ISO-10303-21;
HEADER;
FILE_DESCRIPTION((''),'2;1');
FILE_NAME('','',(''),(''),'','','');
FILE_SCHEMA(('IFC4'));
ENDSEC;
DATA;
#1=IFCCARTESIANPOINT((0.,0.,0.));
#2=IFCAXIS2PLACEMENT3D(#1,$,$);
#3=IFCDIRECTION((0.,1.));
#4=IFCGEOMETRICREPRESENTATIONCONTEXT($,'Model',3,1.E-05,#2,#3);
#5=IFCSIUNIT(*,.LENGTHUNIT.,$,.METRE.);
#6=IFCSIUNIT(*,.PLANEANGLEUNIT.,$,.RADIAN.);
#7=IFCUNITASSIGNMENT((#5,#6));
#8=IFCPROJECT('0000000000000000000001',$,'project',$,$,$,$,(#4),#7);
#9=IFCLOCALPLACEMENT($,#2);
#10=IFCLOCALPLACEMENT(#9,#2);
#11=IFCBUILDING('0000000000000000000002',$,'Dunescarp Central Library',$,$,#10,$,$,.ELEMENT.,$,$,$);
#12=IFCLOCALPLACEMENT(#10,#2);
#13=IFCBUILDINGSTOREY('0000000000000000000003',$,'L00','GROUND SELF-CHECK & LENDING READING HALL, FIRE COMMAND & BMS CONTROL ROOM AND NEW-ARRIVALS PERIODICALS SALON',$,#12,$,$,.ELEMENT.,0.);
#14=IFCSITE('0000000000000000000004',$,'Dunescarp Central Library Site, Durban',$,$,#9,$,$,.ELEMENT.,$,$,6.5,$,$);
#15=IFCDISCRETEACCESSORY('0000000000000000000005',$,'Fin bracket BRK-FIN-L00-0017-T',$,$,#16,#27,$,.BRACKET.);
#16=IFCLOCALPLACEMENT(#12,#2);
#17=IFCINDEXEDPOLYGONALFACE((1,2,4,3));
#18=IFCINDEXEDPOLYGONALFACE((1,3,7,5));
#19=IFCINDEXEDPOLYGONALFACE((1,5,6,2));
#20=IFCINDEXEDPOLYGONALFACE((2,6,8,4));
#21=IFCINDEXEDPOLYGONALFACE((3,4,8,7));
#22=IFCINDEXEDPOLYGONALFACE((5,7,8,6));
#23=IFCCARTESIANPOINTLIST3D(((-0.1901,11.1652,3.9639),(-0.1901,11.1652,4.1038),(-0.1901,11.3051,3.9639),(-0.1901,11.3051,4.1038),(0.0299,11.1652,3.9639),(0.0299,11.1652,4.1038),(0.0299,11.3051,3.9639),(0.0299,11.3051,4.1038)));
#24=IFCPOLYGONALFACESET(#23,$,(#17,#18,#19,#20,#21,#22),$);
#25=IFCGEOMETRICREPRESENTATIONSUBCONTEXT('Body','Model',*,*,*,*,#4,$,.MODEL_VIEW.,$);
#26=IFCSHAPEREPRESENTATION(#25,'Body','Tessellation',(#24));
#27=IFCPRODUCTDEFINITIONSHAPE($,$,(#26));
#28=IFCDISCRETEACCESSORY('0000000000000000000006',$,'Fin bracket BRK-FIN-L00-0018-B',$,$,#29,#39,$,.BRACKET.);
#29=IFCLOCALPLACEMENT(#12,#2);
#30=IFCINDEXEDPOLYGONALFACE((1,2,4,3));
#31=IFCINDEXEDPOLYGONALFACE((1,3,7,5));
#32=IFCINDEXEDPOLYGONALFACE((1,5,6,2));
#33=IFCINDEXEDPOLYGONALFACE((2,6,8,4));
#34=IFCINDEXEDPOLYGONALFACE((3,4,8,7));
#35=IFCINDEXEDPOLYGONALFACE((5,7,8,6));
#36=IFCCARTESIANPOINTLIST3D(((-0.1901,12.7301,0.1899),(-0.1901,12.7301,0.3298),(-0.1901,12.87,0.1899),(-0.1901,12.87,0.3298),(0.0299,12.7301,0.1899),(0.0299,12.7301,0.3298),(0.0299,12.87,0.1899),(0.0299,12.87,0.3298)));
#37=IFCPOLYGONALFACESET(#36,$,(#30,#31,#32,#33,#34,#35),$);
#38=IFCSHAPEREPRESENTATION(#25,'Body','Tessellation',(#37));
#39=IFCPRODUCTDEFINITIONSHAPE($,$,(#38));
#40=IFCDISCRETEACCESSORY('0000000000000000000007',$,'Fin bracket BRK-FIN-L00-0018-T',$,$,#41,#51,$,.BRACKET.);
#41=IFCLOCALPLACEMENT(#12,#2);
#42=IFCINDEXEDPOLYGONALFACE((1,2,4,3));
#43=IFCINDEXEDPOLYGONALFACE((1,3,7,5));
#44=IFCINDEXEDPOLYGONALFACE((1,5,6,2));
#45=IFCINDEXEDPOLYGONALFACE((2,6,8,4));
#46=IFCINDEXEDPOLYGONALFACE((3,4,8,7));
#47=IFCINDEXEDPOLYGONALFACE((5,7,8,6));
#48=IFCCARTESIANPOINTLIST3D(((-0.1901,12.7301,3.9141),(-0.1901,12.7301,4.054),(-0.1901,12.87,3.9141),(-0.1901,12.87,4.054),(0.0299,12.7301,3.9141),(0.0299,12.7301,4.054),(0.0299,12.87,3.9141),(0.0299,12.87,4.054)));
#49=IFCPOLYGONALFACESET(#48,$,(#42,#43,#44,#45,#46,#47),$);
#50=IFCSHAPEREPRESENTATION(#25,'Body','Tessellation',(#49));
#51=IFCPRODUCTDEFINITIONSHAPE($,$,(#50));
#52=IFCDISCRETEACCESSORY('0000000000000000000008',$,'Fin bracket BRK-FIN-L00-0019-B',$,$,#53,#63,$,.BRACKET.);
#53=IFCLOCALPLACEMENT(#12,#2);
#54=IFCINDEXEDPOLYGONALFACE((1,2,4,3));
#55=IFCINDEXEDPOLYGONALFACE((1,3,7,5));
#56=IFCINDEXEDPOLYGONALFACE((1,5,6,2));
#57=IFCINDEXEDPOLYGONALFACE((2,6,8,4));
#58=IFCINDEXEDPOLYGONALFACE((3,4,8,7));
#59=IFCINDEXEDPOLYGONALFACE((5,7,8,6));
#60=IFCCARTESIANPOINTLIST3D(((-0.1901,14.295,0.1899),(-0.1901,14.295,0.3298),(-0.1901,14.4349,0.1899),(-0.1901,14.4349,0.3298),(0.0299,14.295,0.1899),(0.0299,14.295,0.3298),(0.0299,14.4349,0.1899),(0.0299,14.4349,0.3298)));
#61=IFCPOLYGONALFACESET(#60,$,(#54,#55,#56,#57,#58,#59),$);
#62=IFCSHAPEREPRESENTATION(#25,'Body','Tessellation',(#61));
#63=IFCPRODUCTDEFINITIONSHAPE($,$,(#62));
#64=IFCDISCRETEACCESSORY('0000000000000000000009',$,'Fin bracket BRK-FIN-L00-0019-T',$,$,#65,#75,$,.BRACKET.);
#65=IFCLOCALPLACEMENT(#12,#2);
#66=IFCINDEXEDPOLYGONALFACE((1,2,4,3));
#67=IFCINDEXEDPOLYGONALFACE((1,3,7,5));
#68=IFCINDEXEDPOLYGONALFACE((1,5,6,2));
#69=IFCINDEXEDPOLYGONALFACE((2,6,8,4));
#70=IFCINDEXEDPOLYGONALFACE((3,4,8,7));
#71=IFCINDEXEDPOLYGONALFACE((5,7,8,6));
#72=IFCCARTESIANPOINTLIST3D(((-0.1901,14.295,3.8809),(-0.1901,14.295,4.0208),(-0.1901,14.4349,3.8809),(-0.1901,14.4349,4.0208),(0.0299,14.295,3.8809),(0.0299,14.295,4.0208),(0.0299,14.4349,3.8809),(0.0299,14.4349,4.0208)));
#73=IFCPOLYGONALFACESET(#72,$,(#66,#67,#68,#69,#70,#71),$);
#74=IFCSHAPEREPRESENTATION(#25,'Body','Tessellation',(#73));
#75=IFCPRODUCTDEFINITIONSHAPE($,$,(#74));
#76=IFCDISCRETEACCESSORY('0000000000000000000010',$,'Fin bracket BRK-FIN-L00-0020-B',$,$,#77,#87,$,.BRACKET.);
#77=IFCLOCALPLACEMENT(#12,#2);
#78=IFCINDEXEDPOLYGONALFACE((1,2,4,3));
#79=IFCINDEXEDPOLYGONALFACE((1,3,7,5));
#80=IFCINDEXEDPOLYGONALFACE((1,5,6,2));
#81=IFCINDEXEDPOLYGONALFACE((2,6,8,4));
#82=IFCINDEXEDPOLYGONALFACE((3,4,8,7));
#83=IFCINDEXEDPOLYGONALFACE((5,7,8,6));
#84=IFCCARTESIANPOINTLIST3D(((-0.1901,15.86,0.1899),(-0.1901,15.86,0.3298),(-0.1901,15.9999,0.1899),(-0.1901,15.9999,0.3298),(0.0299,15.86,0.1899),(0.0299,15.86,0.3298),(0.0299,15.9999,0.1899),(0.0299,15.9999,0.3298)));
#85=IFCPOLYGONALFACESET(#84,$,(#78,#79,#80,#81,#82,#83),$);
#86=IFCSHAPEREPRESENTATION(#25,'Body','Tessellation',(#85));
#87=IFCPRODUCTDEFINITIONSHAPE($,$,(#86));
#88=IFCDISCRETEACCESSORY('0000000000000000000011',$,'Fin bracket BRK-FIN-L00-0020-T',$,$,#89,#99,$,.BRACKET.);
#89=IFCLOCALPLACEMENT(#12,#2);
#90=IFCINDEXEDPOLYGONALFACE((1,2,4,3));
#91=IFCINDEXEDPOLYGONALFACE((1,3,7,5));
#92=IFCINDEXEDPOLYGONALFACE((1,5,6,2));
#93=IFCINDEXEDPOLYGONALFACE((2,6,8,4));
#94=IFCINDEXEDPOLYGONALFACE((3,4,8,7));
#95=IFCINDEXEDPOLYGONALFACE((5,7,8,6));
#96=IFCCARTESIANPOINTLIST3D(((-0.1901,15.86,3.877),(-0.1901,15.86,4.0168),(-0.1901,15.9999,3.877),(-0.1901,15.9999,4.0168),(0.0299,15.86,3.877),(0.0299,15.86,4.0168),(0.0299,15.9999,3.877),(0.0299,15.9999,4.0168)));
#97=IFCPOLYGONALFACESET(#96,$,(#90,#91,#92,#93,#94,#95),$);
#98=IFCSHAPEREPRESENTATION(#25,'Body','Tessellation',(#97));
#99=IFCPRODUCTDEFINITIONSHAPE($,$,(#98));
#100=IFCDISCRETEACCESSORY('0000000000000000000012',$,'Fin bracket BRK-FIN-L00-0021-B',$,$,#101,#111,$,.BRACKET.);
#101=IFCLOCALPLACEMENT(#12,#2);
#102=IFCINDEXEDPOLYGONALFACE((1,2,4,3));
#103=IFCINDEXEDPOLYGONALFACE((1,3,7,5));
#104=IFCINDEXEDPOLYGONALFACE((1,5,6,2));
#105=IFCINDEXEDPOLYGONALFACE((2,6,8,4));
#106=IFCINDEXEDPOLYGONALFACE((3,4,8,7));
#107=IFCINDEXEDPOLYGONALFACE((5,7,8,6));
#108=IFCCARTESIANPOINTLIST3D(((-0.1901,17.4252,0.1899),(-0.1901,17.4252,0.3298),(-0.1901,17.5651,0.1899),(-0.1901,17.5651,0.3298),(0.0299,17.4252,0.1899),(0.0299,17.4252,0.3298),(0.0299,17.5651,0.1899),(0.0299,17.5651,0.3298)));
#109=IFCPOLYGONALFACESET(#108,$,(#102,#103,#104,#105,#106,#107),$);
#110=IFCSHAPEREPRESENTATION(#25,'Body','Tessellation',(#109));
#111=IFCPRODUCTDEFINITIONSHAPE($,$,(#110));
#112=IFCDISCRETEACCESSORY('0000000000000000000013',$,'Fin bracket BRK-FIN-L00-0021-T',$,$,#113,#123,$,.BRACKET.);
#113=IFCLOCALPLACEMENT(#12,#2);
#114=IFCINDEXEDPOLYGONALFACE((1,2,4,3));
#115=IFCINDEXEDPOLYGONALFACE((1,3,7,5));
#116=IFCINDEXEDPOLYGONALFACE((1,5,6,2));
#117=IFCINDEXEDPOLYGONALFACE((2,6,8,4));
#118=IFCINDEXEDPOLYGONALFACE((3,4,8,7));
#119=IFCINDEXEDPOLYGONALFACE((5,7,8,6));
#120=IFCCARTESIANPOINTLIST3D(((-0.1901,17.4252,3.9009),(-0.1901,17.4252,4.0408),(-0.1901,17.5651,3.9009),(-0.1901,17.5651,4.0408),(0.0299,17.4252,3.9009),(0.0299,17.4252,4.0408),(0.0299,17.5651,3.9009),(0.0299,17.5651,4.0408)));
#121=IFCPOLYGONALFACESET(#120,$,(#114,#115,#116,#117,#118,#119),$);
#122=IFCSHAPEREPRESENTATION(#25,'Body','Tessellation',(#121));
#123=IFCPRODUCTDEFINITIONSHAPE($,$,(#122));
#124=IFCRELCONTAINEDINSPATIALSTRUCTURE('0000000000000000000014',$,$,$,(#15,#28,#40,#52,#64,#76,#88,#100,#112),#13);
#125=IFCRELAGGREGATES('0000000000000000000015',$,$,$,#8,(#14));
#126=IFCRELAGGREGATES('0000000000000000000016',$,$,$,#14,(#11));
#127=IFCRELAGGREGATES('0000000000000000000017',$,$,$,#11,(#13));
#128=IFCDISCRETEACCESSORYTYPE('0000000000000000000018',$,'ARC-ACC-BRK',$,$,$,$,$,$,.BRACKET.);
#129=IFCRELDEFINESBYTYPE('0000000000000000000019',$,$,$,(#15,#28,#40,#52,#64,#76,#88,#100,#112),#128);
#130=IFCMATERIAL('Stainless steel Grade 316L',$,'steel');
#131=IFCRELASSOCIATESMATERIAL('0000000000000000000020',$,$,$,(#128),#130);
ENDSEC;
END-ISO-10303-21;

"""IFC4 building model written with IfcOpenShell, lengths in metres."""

from ifc_helpers import new_model, si_unit, direction, frame, origin, origin_2d, place, context, subcontext, project, spatial, rectangle, extrude, material, type_object, element, save


model = new_model("IFC4")

# Units and contexts
model_context = context("Model", 3, precision=1e-05, world=origin(), true_north=direction((0.0, 1.0)))
body_context = subcontext(model_context, "Body", "Model", "MODEL_VIEW")
ifc_project = project(units=[si_unit("LENGTHUNIT", "METRE"), si_unit("PLANEANGLEUNIT", "RADIAN")], contexts=[model_context])

# Site, building, storey
site_placement = place(None, origin())
site = spatial("IfcSite", under=ifc_project, at=site_placement, Name="Dunescarp Central Library Site, Durban", CompositionType="ELEMENT", RefElevation=6.5)
building_placement = place(site_placement, origin())
building = spatial("IfcBuilding", under=site, at=building_placement, Name="Dunescarp Central Library", CompositionType="ELEMENT")
storey_placement = place(building_placement, origin())
storey = spatial("IfcBuildingStorey", under=building, at=storey_placement, Name="L00", Description="GROUND SELF-CHECK & LENDING READING HALL, FIRE COMMAND & BMS CONTROL ROOM AND NEW-ARRIVALS PERIODICALS SALON", CompositionType="ELEMENT", Elevation=0.0)

# Discrete accessories
ifc_material_1 = material(Name="Stainless steel Grade 316L", Category="steel")
discrete_accessory_type = type_object("IfcDiscreteAccessoryType", Name="ARC-ACC-BRK", PredefinedType="BRACKET", material=ifc_material_1)
for number, where, z_axis, x_axis, name in (
    (1, (-0.0801, 11.2351, 3.9639), (0.0, 0.0, 1.0), (-1.0, 0.0, 0.0), "Fin bracket BRK-FIN-L00-0017-T"),
    (2, (-0.0801, 12.8, 0.1899), (0.0, 0.0, 1.0), (-1.0, 0.0, 0.0), "Fin bracket BRK-FIN-L00-0018-B"),
    (3, (-0.0801, 12.8, 3.9141), (0.0, 0.0, 1.0), (-1.0, 0.0, 0.0), "Fin bracket BRK-FIN-L00-0018-T"),
    (4, (-0.0801, 14.365, 0.1899), (0.0, 0.0, 1.0), (-1.0, 0.0, 0.0), "Fin bracket BRK-FIN-L00-0019-B"),
    (5, (-0.0801, 14.365, 3.8809), (0.0, 0.0, 1.0), (-1.0, 0.0, 0.0), "Fin bracket BRK-FIN-L00-0019-T"),
    (6, (-0.0801, 15.9299, 0.1899), (0.0, 0.0, 1.0), (-1.0, 0.0, 0.0), "Fin bracket BRK-FIN-L00-0020-B"),
    (7, (-0.0801, 15.9299, 3.877), (0.0, 0.0, 1.0), (-1.0, 0.0, 0.0), "Fin bracket BRK-FIN-L00-0020-T"),
    (8, (-0.0801, 17.4951, 0.1899), (0.0, 0.0, 1.0), (-1.0, 0.0, 0.0), "Fin bracket BRK-FIN-L00-0021-B"),
    (9, (-0.0801, 17.4951, 3.9009), (0.0, 0.0, 1.0), (-1.0, 0.0, 0.0), "Fin bracket BRK-FIN-L00-0021-T"),
):
    element("IfcDiscreteAccessory", number, at=place(storey_placement, frame(where, z_axis=z_axis, x_axis=x_axis)), inside=storey, type_object=discrete_accessory_type, Name=name, PredefinedType="BRACKET", context=body_context, shape_type="SweptSolid", body=[
        extrude(rectangle(XDim=0.22, YDim=0.1399, at=origin_2d()), origin(), (0.0, 0.0, 1.0), 0.1399),
    ])

save(model, "model.ifc")
